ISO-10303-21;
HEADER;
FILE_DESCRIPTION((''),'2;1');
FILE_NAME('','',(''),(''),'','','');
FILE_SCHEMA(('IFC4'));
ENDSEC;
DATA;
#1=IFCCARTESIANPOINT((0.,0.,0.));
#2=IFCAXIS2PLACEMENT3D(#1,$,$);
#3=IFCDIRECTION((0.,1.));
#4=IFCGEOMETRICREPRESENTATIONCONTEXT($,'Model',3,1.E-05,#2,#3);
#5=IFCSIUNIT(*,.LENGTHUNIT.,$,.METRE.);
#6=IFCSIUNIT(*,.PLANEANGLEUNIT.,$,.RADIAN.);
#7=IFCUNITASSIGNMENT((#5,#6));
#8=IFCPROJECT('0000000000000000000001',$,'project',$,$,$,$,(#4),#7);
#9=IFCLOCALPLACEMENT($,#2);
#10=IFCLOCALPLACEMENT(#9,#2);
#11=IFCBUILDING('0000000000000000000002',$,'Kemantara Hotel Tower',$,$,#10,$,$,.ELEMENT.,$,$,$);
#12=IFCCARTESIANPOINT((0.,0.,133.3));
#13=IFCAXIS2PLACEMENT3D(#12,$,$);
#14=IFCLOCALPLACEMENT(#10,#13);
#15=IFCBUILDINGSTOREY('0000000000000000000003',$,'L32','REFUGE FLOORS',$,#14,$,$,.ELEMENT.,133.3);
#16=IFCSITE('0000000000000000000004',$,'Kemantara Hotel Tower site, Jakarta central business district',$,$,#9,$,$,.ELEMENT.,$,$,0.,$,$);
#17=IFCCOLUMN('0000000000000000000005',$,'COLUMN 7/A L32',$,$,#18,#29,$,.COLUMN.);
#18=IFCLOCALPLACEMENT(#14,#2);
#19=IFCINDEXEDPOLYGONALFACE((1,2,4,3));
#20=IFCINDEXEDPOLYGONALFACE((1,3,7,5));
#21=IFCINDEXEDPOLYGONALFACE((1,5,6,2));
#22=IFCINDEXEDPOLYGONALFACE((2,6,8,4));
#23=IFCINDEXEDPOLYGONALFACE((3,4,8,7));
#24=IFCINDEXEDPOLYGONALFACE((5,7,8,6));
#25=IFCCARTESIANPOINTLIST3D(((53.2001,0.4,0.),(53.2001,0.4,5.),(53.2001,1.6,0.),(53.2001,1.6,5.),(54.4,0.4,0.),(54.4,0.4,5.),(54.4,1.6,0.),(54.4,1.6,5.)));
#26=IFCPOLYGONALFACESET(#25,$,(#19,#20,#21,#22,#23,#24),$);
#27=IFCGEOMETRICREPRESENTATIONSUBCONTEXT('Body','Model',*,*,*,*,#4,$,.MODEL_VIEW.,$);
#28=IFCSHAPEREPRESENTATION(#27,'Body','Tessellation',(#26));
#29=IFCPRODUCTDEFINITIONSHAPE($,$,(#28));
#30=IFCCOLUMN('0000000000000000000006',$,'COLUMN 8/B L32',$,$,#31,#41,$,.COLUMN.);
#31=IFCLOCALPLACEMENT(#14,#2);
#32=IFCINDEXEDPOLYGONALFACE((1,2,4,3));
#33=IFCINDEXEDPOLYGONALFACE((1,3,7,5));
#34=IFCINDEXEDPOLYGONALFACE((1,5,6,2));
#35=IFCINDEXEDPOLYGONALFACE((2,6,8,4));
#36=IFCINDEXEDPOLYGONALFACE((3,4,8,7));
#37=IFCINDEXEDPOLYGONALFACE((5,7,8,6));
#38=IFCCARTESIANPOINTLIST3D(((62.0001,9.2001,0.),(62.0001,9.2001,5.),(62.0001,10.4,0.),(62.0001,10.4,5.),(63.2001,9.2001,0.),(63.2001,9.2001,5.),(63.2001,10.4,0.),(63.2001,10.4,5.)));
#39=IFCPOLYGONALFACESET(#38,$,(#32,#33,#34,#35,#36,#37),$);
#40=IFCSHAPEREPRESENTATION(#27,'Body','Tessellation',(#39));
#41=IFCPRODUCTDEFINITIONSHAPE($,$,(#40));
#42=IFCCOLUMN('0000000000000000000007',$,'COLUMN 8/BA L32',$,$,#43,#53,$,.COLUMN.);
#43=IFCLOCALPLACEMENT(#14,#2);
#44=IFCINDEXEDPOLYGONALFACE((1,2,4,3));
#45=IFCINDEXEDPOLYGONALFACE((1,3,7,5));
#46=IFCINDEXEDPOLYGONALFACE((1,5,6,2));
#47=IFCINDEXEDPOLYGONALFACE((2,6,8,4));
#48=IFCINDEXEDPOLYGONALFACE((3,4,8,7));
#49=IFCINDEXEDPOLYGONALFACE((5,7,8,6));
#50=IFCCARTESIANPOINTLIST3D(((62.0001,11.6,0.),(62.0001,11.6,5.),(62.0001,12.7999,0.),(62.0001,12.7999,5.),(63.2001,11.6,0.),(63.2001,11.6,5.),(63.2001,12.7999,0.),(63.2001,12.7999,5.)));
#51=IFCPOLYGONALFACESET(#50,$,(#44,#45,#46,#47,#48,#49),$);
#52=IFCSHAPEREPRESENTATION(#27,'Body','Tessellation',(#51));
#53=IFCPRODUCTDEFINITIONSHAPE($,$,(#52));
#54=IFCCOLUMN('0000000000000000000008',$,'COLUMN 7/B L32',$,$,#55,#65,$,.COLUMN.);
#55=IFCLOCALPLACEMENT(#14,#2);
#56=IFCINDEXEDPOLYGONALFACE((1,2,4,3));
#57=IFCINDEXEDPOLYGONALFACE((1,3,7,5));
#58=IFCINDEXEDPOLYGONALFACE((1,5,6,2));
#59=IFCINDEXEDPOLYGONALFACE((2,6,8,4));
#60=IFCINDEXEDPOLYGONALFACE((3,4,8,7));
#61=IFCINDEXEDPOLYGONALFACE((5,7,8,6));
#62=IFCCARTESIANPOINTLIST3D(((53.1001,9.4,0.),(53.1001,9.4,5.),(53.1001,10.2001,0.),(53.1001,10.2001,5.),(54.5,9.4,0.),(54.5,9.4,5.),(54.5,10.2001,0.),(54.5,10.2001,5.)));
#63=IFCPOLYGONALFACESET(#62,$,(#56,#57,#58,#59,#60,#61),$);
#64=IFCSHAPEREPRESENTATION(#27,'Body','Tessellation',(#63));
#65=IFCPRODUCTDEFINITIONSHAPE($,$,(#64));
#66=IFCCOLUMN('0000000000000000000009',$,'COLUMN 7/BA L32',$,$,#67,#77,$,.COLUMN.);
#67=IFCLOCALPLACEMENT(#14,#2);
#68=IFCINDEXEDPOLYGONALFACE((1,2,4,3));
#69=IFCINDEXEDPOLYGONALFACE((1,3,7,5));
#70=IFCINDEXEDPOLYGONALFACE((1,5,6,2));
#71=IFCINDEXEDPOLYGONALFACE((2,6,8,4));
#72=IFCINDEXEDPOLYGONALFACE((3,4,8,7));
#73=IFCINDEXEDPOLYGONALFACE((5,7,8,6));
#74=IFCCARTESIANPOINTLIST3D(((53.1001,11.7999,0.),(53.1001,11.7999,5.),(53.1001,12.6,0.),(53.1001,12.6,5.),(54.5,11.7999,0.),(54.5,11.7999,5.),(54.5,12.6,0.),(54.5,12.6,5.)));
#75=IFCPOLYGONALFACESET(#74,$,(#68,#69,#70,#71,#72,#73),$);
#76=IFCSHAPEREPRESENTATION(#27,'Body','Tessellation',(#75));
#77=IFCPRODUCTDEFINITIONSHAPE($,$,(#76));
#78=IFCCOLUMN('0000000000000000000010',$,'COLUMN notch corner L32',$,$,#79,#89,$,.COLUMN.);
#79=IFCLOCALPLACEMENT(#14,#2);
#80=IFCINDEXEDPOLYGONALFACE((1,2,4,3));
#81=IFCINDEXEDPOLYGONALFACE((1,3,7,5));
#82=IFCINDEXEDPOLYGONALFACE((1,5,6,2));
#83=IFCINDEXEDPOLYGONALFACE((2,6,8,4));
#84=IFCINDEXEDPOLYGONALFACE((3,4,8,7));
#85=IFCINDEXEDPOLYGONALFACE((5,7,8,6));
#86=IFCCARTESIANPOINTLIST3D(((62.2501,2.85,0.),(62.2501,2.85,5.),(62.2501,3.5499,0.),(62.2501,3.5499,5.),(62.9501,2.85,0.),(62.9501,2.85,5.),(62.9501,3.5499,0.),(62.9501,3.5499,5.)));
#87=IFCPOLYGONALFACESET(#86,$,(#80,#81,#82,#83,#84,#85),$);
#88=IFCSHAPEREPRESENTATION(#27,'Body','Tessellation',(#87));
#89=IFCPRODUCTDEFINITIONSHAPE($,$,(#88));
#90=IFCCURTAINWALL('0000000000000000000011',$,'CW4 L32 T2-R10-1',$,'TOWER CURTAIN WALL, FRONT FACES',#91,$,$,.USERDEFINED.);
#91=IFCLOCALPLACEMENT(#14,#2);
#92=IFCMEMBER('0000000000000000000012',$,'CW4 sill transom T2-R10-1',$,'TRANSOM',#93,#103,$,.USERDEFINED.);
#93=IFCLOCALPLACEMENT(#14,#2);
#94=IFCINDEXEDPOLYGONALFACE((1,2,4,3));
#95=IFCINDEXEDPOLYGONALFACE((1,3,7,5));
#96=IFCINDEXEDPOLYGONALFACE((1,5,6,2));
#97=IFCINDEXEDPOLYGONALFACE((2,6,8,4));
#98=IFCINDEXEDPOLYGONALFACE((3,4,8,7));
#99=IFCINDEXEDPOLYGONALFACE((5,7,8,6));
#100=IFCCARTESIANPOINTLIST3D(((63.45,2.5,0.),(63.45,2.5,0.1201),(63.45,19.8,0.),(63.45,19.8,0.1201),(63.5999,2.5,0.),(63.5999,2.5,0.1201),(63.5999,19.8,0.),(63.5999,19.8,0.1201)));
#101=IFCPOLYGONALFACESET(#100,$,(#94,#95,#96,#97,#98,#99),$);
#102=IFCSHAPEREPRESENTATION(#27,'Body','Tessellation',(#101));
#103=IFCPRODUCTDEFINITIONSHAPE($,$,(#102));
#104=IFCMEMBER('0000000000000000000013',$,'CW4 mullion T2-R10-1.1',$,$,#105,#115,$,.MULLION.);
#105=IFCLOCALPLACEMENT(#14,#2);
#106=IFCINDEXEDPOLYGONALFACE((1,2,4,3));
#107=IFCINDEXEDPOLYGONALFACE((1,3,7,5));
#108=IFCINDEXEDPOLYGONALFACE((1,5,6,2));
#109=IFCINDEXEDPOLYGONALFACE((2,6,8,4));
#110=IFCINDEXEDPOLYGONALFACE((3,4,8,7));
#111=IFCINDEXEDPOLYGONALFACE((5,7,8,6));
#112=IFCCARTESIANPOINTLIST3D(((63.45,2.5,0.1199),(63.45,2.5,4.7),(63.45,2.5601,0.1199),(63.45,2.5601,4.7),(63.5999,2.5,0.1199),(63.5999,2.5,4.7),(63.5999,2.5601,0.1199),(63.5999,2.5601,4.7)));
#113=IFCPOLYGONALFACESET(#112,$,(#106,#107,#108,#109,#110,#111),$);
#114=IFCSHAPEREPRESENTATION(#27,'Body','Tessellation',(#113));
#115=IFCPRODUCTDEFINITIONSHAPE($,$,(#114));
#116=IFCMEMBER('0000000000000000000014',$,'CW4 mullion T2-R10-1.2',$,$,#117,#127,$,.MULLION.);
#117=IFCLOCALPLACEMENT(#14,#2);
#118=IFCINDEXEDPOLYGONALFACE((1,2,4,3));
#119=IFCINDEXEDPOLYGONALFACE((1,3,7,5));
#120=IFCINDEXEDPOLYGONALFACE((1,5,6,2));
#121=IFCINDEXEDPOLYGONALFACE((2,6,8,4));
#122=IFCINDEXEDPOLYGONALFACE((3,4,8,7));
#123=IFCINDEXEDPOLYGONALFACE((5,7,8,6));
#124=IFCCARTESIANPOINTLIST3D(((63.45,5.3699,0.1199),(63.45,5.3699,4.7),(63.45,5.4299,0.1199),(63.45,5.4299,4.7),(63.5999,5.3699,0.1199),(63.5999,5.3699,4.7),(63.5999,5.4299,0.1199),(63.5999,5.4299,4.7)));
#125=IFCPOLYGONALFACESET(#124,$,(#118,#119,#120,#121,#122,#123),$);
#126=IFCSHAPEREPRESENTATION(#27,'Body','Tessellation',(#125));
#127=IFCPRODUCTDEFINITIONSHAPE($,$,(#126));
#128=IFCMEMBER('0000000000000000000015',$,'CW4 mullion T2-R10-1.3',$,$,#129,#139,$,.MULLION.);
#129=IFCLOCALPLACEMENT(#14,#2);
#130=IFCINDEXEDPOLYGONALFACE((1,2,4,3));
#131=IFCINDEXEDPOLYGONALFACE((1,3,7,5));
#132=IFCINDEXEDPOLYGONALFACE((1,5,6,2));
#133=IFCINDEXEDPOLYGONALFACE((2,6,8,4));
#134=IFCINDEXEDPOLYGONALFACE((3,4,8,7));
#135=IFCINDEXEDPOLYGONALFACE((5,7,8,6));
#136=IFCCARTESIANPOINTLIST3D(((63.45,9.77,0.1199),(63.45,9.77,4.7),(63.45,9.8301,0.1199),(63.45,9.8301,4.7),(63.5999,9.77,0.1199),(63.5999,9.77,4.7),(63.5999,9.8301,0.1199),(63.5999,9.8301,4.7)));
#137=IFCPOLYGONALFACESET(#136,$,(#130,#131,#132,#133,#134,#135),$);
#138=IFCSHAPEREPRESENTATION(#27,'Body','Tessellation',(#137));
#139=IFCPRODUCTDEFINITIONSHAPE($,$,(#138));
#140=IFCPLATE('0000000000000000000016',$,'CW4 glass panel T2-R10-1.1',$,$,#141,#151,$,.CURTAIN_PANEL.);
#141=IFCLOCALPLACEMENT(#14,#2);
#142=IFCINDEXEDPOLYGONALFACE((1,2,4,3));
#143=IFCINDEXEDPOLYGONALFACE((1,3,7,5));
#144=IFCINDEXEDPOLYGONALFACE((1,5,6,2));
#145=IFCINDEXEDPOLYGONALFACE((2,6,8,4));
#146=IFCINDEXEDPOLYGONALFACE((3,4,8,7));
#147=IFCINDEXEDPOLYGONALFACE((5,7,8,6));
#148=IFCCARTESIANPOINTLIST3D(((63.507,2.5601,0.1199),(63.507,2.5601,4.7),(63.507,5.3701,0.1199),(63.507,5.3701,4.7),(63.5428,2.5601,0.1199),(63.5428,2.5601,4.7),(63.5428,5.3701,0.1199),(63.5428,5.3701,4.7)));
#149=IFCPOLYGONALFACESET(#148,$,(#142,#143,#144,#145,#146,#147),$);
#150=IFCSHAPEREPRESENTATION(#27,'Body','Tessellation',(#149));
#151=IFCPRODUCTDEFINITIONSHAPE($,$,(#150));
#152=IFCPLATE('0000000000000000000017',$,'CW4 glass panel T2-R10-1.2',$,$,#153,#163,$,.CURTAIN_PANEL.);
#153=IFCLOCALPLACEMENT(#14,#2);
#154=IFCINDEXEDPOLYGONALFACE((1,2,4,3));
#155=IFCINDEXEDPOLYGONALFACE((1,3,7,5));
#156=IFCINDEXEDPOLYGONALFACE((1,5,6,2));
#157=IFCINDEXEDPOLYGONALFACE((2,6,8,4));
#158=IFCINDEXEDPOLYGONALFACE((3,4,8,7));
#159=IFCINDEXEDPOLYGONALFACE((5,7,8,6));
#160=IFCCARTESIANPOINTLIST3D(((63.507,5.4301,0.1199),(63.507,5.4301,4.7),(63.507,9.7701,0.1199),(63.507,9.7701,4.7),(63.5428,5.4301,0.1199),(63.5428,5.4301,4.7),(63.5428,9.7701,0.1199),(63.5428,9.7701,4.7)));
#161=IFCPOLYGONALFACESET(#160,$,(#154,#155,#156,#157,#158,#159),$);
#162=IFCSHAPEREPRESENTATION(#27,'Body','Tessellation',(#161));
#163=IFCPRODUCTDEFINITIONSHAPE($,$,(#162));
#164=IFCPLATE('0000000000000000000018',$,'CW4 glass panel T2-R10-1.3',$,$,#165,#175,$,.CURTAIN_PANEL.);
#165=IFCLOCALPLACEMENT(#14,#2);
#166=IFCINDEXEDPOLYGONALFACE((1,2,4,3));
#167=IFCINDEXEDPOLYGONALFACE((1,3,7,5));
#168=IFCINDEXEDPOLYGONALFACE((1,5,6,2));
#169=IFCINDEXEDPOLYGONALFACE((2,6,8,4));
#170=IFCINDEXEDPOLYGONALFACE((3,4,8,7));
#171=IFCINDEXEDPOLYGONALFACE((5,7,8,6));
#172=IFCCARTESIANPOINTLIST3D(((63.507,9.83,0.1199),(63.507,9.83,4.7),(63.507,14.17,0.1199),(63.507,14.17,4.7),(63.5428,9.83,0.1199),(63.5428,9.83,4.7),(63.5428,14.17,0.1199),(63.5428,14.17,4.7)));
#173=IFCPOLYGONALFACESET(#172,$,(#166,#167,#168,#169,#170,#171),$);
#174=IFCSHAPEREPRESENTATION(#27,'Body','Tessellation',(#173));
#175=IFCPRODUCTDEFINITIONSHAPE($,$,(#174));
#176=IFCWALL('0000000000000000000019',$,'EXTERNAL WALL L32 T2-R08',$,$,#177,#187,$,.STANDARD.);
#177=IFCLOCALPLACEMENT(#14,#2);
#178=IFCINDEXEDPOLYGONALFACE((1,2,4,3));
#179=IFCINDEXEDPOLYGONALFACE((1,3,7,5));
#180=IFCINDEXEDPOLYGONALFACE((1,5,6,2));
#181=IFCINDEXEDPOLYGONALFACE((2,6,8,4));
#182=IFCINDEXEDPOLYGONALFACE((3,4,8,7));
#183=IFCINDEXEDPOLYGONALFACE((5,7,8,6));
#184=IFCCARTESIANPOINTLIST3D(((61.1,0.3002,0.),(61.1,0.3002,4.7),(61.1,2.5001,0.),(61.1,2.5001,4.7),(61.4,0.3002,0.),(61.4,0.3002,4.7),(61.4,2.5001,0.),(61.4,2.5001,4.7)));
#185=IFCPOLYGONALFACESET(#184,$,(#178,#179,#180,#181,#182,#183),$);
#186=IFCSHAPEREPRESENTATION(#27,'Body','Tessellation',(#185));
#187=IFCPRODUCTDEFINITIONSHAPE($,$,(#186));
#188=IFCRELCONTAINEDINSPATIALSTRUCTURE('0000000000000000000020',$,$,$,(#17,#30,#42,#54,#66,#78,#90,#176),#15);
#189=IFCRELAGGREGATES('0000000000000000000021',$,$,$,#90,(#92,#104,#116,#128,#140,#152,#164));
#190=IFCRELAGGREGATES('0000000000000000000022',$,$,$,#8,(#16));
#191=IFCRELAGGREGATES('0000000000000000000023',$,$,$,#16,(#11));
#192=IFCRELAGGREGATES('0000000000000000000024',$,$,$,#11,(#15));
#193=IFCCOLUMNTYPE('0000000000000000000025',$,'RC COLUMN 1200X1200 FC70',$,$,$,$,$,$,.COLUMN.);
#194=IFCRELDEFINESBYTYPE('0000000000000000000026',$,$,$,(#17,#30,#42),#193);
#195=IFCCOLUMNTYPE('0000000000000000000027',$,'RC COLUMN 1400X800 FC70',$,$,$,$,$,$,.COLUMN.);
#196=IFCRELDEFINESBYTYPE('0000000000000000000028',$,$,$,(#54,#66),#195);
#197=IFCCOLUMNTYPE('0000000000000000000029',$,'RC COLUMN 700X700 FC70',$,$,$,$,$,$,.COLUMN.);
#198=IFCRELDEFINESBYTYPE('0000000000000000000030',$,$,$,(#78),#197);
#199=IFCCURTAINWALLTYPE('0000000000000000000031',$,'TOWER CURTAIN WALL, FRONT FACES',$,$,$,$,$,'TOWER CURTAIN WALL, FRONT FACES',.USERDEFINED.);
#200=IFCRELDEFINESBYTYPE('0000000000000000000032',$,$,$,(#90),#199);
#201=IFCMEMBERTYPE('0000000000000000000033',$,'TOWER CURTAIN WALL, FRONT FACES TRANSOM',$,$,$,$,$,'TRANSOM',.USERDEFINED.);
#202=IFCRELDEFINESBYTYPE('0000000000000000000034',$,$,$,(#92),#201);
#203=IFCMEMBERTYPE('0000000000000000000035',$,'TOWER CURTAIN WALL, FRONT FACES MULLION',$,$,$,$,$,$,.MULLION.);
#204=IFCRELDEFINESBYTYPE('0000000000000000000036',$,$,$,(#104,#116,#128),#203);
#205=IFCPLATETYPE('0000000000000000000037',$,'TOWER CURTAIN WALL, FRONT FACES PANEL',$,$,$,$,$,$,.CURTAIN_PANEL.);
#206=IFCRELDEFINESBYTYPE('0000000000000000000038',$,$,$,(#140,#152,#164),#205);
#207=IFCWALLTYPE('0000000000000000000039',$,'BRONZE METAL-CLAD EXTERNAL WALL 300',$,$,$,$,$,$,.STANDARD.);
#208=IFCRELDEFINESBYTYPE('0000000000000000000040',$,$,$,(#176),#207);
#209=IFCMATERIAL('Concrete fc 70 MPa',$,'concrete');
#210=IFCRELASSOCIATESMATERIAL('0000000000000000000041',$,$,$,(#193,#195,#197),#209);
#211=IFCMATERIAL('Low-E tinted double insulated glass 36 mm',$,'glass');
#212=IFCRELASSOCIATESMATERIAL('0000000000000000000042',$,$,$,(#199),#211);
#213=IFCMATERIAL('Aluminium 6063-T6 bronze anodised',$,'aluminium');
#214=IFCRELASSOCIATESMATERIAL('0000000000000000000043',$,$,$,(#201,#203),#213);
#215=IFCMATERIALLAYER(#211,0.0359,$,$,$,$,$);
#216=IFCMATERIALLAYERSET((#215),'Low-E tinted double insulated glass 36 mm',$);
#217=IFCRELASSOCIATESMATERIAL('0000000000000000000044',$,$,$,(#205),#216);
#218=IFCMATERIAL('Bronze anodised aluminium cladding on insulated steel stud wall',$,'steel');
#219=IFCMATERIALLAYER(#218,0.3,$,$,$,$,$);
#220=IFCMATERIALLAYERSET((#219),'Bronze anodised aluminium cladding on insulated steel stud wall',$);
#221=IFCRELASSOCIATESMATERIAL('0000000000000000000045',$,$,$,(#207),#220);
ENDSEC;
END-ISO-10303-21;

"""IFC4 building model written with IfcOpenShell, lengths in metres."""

from ifc_helpers import new_model, si_unit, direction, frame, frame_2d, origin, origin_2d, place, context, subcontext, project, spatial, rectangle, extrude, source, transform, mapped, material, layer, layer_set, material_profile, profile_set, type_object, element, aggregate, save


model = new_model("IFC4")

# Units and contexts
model_context = context("Model", 3, precision=1e-05, world=origin(), true_north=direction((0.0, 1.0)))
body_context = subcontext(model_context, "Body", "Model", "MODEL_VIEW")
ifc_project = project(units=[si_unit("LENGTHUNIT", "METRE"), si_unit("PLANEANGLEUNIT", "RADIAN")], contexts=[model_context])

# Site, building, storey
site_placement = place(None, origin())
site = spatial("IfcSite", under=ifc_project, at=site_placement, Name="Kemantara Hotel Tower site, Jakarta central business district", CompositionType="ELEMENT", RefElevation=0.0)
building_placement = place(site_placement, origin())
building = spatial("IfcBuilding", under=site, at=building_placement, Name="Kemantara Hotel Tower", CompositionType="ELEMENT")
storey_placement = place(building_placement, frame((0.0, 0.0, 133.3)))
storey = spatial("IfcBuildingStorey", under=building, at=storey_placement, Name="L32", Description="REFUGE FLOORS", CompositionType="ELEMENT", Elevation=133.3)

# Columns
ifc_material_1 = material(Name="Concrete fc 70 MPa", Category="concrete")
ifc_material_profile_1 = material_profile(ifc_material_1, rectangle(XDim=1.2, YDim=1.2, at=origin_2d()), Name="RC 1200X1200")
ifc_profile_set_1 = profile_set([ifc_material_profile_1], Name="Concrete fc 70 MPa")
column_type_1 = type_object("IfcColumnType", Name="RC COLUMN 1200X1200 FC70", PredefinedType="COLUMN", material=ifc_profile_set_1)
for number, where, z_axis, x_axis, name in (
    (1, (53.8, 1.0, 0.0), (0.0, 0.0, 1.0), (1.0, 0.0, 0.0), "COLUMN 7/A L32"),
    (2, (62.6001, 9.8, 0.0), (0.0, 0.0, 1.0), (1.0, 0.0, 0.0), "COLUMN 8/B L32"),
    (3, (62.6001, 12.2, 0.0), (0.0, 0.0, 1.0), (1.0, 0.0, 0.0), "COLUMN 8/BA L32"),
):
    element("IfcColumn", number, at=place(storey_placement, frame(where, z_axis=z_axis, x_axis=x_axis)), inside=storey, type_object=column_type_1, Name=name, PredefinedType="COLUMN", context=body_context, shape_type="SweptSolid", body=[
        extrude(rectangle(XDim=1.2, YDim=1.2, at=origin_2d()), origin(), (0.0, 0.0, 1.0), 5.0),
    ])
ifc_material_profile_2 = material_profile(ifc_material_1, rectangle(XDim=1.3999, YDim=0.8, at=origin_2d()), Name="RC 1400X800")
ifc_profile_set_2 = profile_set([ifc_material_profile_2], Name="Concrete fc 70 MPa")
column_type_2 = type_object("IfcColumnType", Name="RC COLUMN 1400X800 FC70", PredefinedType="COLUMN", material=ifc_profile_set_2)
for number, where, z_axis, x_axis, name in (
    (4, (53.8, 9.8, 0.0), (0.0, 0.0, 1.0), (1.0, 0.0, 0.0), "COLUMN 7/B L32"),
    (5, (53.8, 12.2, 0.0), (0.0, 0.0, 1.0), (1.0, 0.0, 0.0), "COLUMN 7/BA L32"),
):
    element("IfcColumn", number, at=place(storey_placement, frame(where, z_axis=z_axis, x_axis=x_axis)), inside=storey, type_object=column_type_2, Name=name, PredefinedType="COLUMN", context=body_context, shape_type="SweptSolid", body=[
        extrude(rectangle(XDim=1.3999, YDim=0.8, at=origin_2d()), origin(), (0.0, 0.0, 1.0), 5.0),
    ])
ifc_material_profile_3 = material_profile(ifc_material_1, rectangle(XDim=0.7, YDim=0.7, at=origin_2d()), Name="RC 700X700")
ifc_profile_set_3 = profile_set([ifc_material_profile_3], Name="Concrete fc 70 MPa")
column_type_3 = type_object("IfcColumnType", Name="RC COLUMN 700X700 FC70", PredefinedType="COLUMN", material=ifc_profile_set_3)
column_placement = place(storey_placement, frame((62.6001, 3.2, 0.0), z_axis=(0.0, 0.0, 1.0), x_axis=(1.0, 0.0, 0.0)))
element("IfcColumn", 6, at=column_placement, inside=storey, type_object=column_type_3, Name="COLUMN notch corner L32", PredefinedType="COLUMN", context=body_context, shape_type="SweptSolid", body=[
    extrude(rectangle(XDim=0.7, YDim=0.7, at=origin_2d()), origin(), (0.0, 0.0, 1.0), 5.0),
])

# Curtain wall, members, plates
ifc_material_2 = material(Name="Low-E tinted double insulated glass 36 mm", Category="glass")
curtain_wall_type = type_object("IfcCurtainWallType", Name="TOWER CURTAIN WALL, FRONT FACES", ElementType="TOWER CURTAIN WALL, FRONT FACES", PredefinedType="USERDEFINED", material=ifc_material_2)
curtain_wall_placement = place(storey_placement, origin())
curtain_wall = element("IfcCurtainWall", 7, at=curtain_wall_placement, inside=storey, type_object=curtain_wall_type, Name="CW4 L32 T2-R10-1", ObjectType="TOWER CURTAIN WALL, FRONT FACES", PredefinedType="USERDEFINED")
ifc_material_3 = material(Name="Aluminium 6063-T6 bronze anodised", Category="aluminium")
ifc_material_profile_4 = material_profile(ifc_material_3, rectangle(XDim=0.1499, YDim=0.1201, at=origin_2d()), Name="TOWER CURTAIN WALL, FRONT FACES TRANSOM")
ifc_profile_set_4 = profile_set([ifc_material_profile_4], Name="Aluminium 6063-T6 bronze anodised")
member_type_1 = type_object("IfcMemberType", Name="TOWER CURTAIN WALL, FRONT FACES TRANSOM", ElementType="TRANSOM", PredefinedType="USERDEFINED", material=ifc_profile_set_4)
member_1_placement = place(storey_placement, frame((63.5249, 2.5, 0.0601), z_axis=(0.0, 1.0, 0.0), x_axis=(-1.0, 0.0, 0.0)))
member_1 = element("IfcMember", 8, at=member_1_placement, type_object=member_type_1, Name="CW4 sill transom T2-R10-1", ObjectType="TRANSOM", PredefinedType="USERDEFINED", context=body_context, shape_type="SweptSolid", body=[
    extrude(rectangle(XDim=0.1499, YDim=0.1201, at=origin_2d()), origin(), (0.0, 0.0, 1.0), 17.3),
])
ifc_material_profile_5 = material_profile(ifc_material_3, rectangle(XDim=0.1499, YDim=0.0601, at=origin_2d()), Name="TOWER CURTAIN WALL, FRONT FACES MULLION")
ifc_profile_set_5 = profile_set([ifc_material_profile_5], Name="Aluminium 6063-T6 bronze anodised")
member_type_2 = type_object("IfcMemberType", Name="TOWER CURTAIN WALL, FRONT FACES MULLION", PredefinedType="MULLION", material=ifc_profile_set_5)
shared_shape_1 = source(origin(), body_context, "Body", "SweptSolid", [
    extrude(rectangle(XDim=0.1499, YDim=0.0601, at=origin_2d()), origin(), (0.0, 0.0, 1.0), 4.5801),
])
member_2_placement = place(storey_placement, frame((63.5249, 2.53, 0.1199), z_axis=(0.0, 0.0, 1.0), x_axis=(-1.0, 0.0, 0.0)))
member_2 = element("IfcMember", 9, at=member_2_placement, type_object=member_type_2, Name="CW4 mullion T2-R10-1.1", PredefinedType="MULLION", context=body_context, shape_type="MappedRepresentation", body=[
    mapped(shared_shape_1, transform((0.0, 0.0, 0.0))),
])
member_3_placement = place(storey_placement, frame((63.5249, 5.3999, 0.1199), z_axis=(0.0, 0.0, 1.0), x_axis=(-1.0, 0.0, 0.0)))
member_3 = element("IfcMember", 10, at=member_3_placement, type_object=member_type_2, Name="CW4 mullion T2-R10-1.2", PredefinedType="MULLION", context=body_context, shape_type="MappedRepresentation", body=[
    mapped(shared_shape_1, transform((0.0, 0.0, 0.0))),
])
member_4_placement = place(storey_placement, frame((63.5249, 9.8, 0.1199), z_axis=(0.0, 0.0, 1.0), x_axis=(-1.0, 0.0, 0.0)))
member_4 = element("IfcMember", 11, at=member_4_placement, type_object=member_type_2, Name="CW4 mullion T2-R10-1.3", PredefinedType="MULLION", context=body_context, shape_type="MappedRepresentation", body=[
    mapped(shared_shape_1, transform((0.0, 0.0, 0.0))),
])
ifc_layer_1 = layer(ifc_material_2, 0.0359)
ifc_layer_set_1 = layer_set([ifc_layer_1], Name="Low-E tinted double insulated glass 36 mm")
plate_type = type_object("IfcPlateType", Name="TOWER CURTAIN WALL, FRONT FACES PANEL", PredefinedType="CURTAIN_PANEL", material=ifc_layer_set_1)
shared_shape_2 = source(origin(), body_context, "Body", "SweptSolid", [
    extrude(rectangle(XDim=2.8101, YDim=0.0359, at=origin_2d()), origin(), (0.0, 0.0, 1.0), 4.5801),
])
plate_1_placement = place(storey_placement, frame((63.5249, 3.9651, 0.1199), z_axis=(0.0, 0.0, 1.0), x_axis=(0.0, 1.0, 0.0)))
plate_1 = element("IfcPlate", 12, at=plate_1_placement, type_object=plate_type, Name="CW4 glass panel T2-R10-1.1", PredefinedType="CURTAIN_PANEL", context=body_context, shape_type="MappedRepresentation", body=[
    mapped(shared_shape_2, transform((0.0, 0.0, 0.0))),
])
shared_shape_3 = source(origin(), body_context, "Body", "SweptSolid", [
    extrude(rectangle(XDim=4.3401, YDim=0.0359, at=origin_2d()), origin(), (0.0, 0.0, 1.0), 4.5801),
])
plate_2_placement = place(storey_placement, frame((63.5249, 7.6001, 0.1199), z_axis=(0.0, 0.0, 1.0), x_axis=(0.0, 1.0, 0.0)))
plate_2 = element("IfcPlate", 13, at=plate_2_placement, type_object=plate_type, Name="CW4 glass panel T2-R10-1.2", PredefinedType="CURTAIN_PANEL", context=body_context, shape_type="MappedRepresentation", body=[
    mapped(shared_shape_3, transform((0.0, 0.0, 0.0))),
])
plate_3_placement = place(storey_placement, frame((63.5249, 12.0, 0.1199), z_axis=(0.0, 0.0, 1.0), x_axis=(0.0, 1.0, 0.0)))
plate_3 = element("IfcPlate", 14, at=plate_3_placement, type_object=plate_type, Name="CW4 glass panel T2-R10-1.3", PredefinedType="CURTAIN_PANEL", context=body_context, shape_type="MappedRepresentation", body=[
    mapped(shared_shape_3, transform((0.0, 0.0, 0.0))),
])
aggregate(curtain_wall, [member_1, member_2, member_3, member_4, plate_1, plate_2, plate_3])

# Wall
ifc_material_4 = material(Name="Bronze anodised aluminium cladding on insulated steel stud wall", Category="steel")
ifc_layer_2 = layer(ifc_material_4, 0.3)
ifc_layer_set_2 = layer_set([ifc_layer_2], Name="Bronze anodised aluminium cladding on insulated steel stud wall")
wall_type_1 = type_object("IfcWallType", Name="BRONZE METAL-CLAD EXTERNAL WALL 300", PredefinedType="STANDARD", material=ifc_layer_set_2)
wall_1_placement = place(storey_placement, frame((61.25, 0.3, 0.0), z_axis=(0.0, 0.0, 1.0), x_axis=(0.0, 1.0, 0.0)))
element("IfcWall", 15, at=wall_1_placement, inside=storey, type_object=wall_type_1, Name="EXTERNAL WALL L32 T2-R08", PredefinedType="STANDARD", context=body_context, shape_type="SweptSolid", body=[
    extrude(rectangle(XDim=2.2, YDim=0.3, at=frame_2d((1.1001, 0.0))), origin(), (0.0, 0.0, 1.0), 4.7),
])

save(model, "model.ifc")
